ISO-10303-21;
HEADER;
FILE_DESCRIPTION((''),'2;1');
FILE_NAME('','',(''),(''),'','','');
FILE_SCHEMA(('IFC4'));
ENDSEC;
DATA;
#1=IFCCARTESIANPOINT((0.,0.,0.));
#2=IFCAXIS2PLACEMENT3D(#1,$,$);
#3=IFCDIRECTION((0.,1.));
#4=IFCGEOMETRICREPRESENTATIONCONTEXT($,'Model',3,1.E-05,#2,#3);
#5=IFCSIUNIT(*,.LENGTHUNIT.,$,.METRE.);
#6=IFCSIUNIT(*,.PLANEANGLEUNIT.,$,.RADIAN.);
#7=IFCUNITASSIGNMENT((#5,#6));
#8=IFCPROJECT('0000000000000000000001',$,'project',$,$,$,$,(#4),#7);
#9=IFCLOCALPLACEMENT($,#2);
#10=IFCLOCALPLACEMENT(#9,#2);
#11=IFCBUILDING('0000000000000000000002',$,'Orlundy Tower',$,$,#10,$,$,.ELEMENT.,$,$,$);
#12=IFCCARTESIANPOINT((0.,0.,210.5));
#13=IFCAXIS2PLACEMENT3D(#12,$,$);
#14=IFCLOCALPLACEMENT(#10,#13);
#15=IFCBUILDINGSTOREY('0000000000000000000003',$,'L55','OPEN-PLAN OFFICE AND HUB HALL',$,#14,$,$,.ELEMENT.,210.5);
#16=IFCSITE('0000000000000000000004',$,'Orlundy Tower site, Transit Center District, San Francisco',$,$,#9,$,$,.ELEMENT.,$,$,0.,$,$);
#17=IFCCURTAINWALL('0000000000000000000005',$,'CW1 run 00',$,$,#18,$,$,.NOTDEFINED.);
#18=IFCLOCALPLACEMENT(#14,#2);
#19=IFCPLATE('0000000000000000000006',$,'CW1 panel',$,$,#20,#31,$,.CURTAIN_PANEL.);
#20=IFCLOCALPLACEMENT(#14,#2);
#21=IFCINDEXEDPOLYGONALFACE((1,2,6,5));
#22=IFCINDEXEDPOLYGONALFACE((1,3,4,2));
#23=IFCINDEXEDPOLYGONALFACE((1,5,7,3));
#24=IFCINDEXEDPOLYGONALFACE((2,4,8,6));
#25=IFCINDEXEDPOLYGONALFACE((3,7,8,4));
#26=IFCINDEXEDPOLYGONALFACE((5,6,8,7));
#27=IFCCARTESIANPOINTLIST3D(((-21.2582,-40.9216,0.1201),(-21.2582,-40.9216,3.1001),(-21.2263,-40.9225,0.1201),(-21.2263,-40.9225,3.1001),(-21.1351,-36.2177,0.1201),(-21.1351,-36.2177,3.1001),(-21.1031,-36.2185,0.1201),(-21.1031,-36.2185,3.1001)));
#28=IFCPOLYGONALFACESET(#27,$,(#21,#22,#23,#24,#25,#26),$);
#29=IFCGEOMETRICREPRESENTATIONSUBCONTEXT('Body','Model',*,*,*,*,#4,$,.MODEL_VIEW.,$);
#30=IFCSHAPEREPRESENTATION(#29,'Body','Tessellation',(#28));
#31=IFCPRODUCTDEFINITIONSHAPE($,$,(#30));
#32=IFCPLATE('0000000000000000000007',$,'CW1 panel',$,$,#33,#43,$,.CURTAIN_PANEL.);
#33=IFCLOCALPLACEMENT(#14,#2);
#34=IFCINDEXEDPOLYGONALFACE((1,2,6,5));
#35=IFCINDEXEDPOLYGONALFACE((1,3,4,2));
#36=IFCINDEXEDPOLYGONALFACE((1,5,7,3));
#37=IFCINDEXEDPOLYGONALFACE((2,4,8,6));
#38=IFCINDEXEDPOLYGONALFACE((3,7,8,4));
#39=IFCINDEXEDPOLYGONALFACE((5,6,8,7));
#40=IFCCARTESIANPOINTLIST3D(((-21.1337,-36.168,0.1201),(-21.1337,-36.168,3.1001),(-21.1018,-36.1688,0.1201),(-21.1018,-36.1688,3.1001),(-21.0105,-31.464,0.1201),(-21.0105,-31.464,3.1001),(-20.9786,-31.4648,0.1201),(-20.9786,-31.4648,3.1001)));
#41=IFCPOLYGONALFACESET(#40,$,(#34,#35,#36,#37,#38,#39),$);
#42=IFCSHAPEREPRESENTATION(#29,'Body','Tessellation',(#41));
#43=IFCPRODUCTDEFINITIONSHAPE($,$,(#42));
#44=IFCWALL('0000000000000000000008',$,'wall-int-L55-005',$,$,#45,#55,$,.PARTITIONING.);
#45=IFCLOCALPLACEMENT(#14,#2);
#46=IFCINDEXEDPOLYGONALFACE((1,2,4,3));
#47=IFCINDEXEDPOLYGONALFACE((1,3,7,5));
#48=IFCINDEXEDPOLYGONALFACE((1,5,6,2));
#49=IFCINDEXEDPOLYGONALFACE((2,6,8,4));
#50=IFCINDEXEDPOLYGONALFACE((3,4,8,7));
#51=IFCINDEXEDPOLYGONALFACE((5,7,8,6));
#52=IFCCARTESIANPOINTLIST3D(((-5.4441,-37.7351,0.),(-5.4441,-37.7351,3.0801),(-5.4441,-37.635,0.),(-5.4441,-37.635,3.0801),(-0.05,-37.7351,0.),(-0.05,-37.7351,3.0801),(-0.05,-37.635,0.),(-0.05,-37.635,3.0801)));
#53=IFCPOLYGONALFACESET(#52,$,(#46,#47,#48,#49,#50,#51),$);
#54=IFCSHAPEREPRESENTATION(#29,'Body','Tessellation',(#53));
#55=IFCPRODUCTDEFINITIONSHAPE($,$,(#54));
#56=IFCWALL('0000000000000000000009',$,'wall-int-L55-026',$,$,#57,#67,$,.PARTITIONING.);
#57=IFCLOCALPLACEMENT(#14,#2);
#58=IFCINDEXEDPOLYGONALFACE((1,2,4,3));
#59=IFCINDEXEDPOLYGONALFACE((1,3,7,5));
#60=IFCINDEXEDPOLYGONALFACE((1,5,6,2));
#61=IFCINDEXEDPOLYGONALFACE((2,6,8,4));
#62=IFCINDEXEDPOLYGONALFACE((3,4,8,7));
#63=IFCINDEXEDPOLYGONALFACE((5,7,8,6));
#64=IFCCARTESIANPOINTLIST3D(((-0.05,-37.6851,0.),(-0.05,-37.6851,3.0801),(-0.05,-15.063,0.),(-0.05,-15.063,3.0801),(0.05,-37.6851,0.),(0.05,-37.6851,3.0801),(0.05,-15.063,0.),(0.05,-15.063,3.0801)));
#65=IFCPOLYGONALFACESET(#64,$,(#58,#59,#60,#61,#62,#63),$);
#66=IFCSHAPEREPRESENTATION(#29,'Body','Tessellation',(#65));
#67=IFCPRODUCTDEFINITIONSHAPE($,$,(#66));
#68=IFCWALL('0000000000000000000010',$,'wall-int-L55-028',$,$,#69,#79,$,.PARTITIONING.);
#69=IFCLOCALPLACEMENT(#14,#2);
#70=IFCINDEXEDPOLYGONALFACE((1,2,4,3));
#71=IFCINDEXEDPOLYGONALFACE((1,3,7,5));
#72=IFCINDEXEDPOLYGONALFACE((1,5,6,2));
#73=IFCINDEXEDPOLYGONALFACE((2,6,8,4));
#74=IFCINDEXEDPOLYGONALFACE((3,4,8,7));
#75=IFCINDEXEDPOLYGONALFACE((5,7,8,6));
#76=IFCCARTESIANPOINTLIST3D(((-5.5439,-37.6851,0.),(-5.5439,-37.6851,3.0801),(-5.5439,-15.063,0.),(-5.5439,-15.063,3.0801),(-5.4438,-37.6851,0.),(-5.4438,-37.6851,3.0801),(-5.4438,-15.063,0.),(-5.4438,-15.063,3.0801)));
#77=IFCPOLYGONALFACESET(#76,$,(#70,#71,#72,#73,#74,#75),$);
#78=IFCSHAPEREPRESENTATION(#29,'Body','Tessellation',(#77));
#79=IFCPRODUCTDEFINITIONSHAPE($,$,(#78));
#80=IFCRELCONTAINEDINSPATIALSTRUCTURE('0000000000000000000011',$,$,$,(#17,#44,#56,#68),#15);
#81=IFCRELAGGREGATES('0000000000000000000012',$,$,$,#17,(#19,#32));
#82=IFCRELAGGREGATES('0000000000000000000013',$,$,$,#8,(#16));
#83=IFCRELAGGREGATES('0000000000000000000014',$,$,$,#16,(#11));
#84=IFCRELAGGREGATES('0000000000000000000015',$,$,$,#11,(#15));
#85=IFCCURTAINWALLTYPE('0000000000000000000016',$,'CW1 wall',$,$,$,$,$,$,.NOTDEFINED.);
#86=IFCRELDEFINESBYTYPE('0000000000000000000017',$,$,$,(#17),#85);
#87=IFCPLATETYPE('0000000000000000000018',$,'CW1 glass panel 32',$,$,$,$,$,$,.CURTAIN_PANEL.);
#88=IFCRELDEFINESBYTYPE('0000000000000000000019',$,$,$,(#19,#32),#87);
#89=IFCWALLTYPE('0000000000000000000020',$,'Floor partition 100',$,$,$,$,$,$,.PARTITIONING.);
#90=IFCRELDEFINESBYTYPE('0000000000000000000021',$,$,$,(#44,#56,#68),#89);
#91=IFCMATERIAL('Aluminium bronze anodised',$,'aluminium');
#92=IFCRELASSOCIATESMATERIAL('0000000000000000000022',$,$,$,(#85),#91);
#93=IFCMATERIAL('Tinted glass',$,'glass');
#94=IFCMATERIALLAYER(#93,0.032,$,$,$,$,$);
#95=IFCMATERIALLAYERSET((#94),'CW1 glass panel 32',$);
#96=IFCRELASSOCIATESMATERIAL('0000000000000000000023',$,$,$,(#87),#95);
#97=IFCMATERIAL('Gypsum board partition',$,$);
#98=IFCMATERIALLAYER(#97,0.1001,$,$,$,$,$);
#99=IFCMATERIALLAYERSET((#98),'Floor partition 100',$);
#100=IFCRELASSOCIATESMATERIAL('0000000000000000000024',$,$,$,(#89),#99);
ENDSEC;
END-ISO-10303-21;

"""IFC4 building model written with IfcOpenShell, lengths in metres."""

from ifc_helpers import new_model, si_unit, direction, frame, frame_2d, origin, origin_2d, place, context, subcontext, project, spatial, rectangle, extrude, material, layer, layer_set, type_object, element, aggregate, save


model = new_model("IFC4")

# Units and contexts
model_context = context("Model", 3, precision=1e-05, world=origin(), true_north=direction((0.0, 1.0)))
body_context = subcontext(model_context, "Body", "Model", "MODEL_VIEW")
ifc_project = project(units=[si_unit("LENGTHUNIT", "METRE"), si_unit("PLANEANGLEUNIT", "RADIAN")], contexts=[model_context])

# Site, building, storey
site_placement = place(None, origin())
site = spatial("IfcSite", under=ifc_project, at=site_placement, Name="Orlundy Tower site, Transit Center District, San Francisco", CompositionType="ELEMENT", RefElevation=0.0)
building_placement = place(site_placement, origin())
building = spatial("IfcBuilding", under=site, at=building_placement, Name="Orlundy Tower", CompositionType="ELEMENT")
storey_placement = place(building_placement, frame((0.0, 0.0, 210.5)))
storey = spatial("IfcBuildingStorey", under=building, at=storey_placement, Name="L55", Description="OPEN-PLAN OFFICE AND HUB HALL", CompositionType="ELEMENT", Elevation=210.5)

# Curtain wall, plates
ifc_material_1 = material(Name="Aluminium bronze anodised", Category="aluminium")
curtain_wall_type = type_object("IfcCurtainWallType", Name="CW1 wall", PredefinedType="NOTDEFINED", material=ifc_material_1)
curtain_wall_placement = place(storey_placement, origin())
curtain_wall = element("IfcCurtainWall", 1, at=curtain_wall_placement, inside=storey, type_object=curtain_wall_type, Name="CW1 run 00", PredefinedType="NOTDEFINED")
ifc_material_2 = material(Name="Tinted glass", Category="glass")
ifc_layer_1 = layer(ifc_material_2, 0.032)
ifc_layer_set_1 = layer_set([ifc_layer_1], Name="CW1 glass panel 32")
plate_type = type_object("IfcPlateType", Name="CW1 glass panel 32", PredefinedType="CURTAIN_PANEL", material=ifc_layer_set_1)
plate_1_placement = place(storey_placement, frame((-21.1807, -38.5701, 0.1201), z_axis=(0.0, 0.0, 1.0), x_axis=(0.02618, 0.999657, 0.0)))
plate_1 = element("IfcPlate", 2, at=plate_1_placement, type_object=plate_type, Name="CW1 panel", PredefinedType="CURTAIN_PANEL", context=body_context, shape_type="SweptSolid", body=[
    extrude(rectangle(XDim=4.7056, YDim=0.032, at=origin_2d()), origin(), (0.0, 0.0, 1.0), 2.98),
])
plate_2_placement = place(storey_placement, frame((-21.0562, -33.8164, 0.1201), z_axis=(0.0, 0.0, 1.0), x_axis=(0.02618, 0.999657, 0.0)))
plate_2 = element("IfcPlate", 3, at=plate_2_placement, type_object=plate_type, Name="CW1 panel", PredefinedType="CURTAIN_PANEL", context=body_context, shape_type="SweptSolid", body=[
    extrude(rectangle(XDim=4.7056, YDim=0.032, at=origin_2d()), origin(), (0.0, 0.0, 1.0), 2.98),
])
aggregate(curtain_wall, [plate_1, plate_2])

# Walls
ifc_material_3 = material(Name="Gypsum board partition")
ifc_layer_2 = layer(ifc_material_3, 0.1001)
ifc_layer_set_2 = layer_set([ifc_layer_2], Name="Floor partition 100")
wall_type_1 = type_object("IfcWallType", Name="Floor partition 100", PredefinedType="PARTITIONING", material=ifc_layer_set_2)
wall_1_placement = place(storey_placement, frame((-5.4441, -37.6851, 0.0), z_axis=(0.0, 0.0, 1.0), x_axis=(1.0, 0.0, 0.0)))
element("IfcWall", 4, at=wall_1_placement, inside=storey, type_object=wall_type_1, Name="wall-int-L55-005", PredefinedType="PARTITIONING", context=body_context, shape_type="SweptSolid", body=[
    extrude(rectangle(XDim=5.394, YDim=0.1001, at=frame_2d((2.697, 0.0))), origin(), (0.0, 0.0, 1.0), 3.0801),
])
for number, where, z_axis, x_axis, name in (
    (5, (0.0, -37.6851, 0.0), (0.0, 0.0, 1.0), (0.0, 1.0, 0.0), "wall-int-L55-026"),
    (6, (-5.4939, -37.6851, 0.0), (0.0, 0.0, 1.0), (0.0, 1.0, 0.0), "wall-int-L55-028"),
):
    element("IfcWall", number, at=place(storey_placement, frame(where, z_axis=z_axis, x_axis=x_axis)), inside=storey, type_object=wall_type_1, Name=name, PredefinedType="PARTITIONING", context=body_context, shape_type="SweptSolid", body=[
        extrude(rectangle(XDim=22.6221, YDim=0.1001, at=frame_2d((11.311, 0.0))), origin(), (0.0, 0.0, 1.0), 3.0801),
    ])

save(model, "model.ifc")
